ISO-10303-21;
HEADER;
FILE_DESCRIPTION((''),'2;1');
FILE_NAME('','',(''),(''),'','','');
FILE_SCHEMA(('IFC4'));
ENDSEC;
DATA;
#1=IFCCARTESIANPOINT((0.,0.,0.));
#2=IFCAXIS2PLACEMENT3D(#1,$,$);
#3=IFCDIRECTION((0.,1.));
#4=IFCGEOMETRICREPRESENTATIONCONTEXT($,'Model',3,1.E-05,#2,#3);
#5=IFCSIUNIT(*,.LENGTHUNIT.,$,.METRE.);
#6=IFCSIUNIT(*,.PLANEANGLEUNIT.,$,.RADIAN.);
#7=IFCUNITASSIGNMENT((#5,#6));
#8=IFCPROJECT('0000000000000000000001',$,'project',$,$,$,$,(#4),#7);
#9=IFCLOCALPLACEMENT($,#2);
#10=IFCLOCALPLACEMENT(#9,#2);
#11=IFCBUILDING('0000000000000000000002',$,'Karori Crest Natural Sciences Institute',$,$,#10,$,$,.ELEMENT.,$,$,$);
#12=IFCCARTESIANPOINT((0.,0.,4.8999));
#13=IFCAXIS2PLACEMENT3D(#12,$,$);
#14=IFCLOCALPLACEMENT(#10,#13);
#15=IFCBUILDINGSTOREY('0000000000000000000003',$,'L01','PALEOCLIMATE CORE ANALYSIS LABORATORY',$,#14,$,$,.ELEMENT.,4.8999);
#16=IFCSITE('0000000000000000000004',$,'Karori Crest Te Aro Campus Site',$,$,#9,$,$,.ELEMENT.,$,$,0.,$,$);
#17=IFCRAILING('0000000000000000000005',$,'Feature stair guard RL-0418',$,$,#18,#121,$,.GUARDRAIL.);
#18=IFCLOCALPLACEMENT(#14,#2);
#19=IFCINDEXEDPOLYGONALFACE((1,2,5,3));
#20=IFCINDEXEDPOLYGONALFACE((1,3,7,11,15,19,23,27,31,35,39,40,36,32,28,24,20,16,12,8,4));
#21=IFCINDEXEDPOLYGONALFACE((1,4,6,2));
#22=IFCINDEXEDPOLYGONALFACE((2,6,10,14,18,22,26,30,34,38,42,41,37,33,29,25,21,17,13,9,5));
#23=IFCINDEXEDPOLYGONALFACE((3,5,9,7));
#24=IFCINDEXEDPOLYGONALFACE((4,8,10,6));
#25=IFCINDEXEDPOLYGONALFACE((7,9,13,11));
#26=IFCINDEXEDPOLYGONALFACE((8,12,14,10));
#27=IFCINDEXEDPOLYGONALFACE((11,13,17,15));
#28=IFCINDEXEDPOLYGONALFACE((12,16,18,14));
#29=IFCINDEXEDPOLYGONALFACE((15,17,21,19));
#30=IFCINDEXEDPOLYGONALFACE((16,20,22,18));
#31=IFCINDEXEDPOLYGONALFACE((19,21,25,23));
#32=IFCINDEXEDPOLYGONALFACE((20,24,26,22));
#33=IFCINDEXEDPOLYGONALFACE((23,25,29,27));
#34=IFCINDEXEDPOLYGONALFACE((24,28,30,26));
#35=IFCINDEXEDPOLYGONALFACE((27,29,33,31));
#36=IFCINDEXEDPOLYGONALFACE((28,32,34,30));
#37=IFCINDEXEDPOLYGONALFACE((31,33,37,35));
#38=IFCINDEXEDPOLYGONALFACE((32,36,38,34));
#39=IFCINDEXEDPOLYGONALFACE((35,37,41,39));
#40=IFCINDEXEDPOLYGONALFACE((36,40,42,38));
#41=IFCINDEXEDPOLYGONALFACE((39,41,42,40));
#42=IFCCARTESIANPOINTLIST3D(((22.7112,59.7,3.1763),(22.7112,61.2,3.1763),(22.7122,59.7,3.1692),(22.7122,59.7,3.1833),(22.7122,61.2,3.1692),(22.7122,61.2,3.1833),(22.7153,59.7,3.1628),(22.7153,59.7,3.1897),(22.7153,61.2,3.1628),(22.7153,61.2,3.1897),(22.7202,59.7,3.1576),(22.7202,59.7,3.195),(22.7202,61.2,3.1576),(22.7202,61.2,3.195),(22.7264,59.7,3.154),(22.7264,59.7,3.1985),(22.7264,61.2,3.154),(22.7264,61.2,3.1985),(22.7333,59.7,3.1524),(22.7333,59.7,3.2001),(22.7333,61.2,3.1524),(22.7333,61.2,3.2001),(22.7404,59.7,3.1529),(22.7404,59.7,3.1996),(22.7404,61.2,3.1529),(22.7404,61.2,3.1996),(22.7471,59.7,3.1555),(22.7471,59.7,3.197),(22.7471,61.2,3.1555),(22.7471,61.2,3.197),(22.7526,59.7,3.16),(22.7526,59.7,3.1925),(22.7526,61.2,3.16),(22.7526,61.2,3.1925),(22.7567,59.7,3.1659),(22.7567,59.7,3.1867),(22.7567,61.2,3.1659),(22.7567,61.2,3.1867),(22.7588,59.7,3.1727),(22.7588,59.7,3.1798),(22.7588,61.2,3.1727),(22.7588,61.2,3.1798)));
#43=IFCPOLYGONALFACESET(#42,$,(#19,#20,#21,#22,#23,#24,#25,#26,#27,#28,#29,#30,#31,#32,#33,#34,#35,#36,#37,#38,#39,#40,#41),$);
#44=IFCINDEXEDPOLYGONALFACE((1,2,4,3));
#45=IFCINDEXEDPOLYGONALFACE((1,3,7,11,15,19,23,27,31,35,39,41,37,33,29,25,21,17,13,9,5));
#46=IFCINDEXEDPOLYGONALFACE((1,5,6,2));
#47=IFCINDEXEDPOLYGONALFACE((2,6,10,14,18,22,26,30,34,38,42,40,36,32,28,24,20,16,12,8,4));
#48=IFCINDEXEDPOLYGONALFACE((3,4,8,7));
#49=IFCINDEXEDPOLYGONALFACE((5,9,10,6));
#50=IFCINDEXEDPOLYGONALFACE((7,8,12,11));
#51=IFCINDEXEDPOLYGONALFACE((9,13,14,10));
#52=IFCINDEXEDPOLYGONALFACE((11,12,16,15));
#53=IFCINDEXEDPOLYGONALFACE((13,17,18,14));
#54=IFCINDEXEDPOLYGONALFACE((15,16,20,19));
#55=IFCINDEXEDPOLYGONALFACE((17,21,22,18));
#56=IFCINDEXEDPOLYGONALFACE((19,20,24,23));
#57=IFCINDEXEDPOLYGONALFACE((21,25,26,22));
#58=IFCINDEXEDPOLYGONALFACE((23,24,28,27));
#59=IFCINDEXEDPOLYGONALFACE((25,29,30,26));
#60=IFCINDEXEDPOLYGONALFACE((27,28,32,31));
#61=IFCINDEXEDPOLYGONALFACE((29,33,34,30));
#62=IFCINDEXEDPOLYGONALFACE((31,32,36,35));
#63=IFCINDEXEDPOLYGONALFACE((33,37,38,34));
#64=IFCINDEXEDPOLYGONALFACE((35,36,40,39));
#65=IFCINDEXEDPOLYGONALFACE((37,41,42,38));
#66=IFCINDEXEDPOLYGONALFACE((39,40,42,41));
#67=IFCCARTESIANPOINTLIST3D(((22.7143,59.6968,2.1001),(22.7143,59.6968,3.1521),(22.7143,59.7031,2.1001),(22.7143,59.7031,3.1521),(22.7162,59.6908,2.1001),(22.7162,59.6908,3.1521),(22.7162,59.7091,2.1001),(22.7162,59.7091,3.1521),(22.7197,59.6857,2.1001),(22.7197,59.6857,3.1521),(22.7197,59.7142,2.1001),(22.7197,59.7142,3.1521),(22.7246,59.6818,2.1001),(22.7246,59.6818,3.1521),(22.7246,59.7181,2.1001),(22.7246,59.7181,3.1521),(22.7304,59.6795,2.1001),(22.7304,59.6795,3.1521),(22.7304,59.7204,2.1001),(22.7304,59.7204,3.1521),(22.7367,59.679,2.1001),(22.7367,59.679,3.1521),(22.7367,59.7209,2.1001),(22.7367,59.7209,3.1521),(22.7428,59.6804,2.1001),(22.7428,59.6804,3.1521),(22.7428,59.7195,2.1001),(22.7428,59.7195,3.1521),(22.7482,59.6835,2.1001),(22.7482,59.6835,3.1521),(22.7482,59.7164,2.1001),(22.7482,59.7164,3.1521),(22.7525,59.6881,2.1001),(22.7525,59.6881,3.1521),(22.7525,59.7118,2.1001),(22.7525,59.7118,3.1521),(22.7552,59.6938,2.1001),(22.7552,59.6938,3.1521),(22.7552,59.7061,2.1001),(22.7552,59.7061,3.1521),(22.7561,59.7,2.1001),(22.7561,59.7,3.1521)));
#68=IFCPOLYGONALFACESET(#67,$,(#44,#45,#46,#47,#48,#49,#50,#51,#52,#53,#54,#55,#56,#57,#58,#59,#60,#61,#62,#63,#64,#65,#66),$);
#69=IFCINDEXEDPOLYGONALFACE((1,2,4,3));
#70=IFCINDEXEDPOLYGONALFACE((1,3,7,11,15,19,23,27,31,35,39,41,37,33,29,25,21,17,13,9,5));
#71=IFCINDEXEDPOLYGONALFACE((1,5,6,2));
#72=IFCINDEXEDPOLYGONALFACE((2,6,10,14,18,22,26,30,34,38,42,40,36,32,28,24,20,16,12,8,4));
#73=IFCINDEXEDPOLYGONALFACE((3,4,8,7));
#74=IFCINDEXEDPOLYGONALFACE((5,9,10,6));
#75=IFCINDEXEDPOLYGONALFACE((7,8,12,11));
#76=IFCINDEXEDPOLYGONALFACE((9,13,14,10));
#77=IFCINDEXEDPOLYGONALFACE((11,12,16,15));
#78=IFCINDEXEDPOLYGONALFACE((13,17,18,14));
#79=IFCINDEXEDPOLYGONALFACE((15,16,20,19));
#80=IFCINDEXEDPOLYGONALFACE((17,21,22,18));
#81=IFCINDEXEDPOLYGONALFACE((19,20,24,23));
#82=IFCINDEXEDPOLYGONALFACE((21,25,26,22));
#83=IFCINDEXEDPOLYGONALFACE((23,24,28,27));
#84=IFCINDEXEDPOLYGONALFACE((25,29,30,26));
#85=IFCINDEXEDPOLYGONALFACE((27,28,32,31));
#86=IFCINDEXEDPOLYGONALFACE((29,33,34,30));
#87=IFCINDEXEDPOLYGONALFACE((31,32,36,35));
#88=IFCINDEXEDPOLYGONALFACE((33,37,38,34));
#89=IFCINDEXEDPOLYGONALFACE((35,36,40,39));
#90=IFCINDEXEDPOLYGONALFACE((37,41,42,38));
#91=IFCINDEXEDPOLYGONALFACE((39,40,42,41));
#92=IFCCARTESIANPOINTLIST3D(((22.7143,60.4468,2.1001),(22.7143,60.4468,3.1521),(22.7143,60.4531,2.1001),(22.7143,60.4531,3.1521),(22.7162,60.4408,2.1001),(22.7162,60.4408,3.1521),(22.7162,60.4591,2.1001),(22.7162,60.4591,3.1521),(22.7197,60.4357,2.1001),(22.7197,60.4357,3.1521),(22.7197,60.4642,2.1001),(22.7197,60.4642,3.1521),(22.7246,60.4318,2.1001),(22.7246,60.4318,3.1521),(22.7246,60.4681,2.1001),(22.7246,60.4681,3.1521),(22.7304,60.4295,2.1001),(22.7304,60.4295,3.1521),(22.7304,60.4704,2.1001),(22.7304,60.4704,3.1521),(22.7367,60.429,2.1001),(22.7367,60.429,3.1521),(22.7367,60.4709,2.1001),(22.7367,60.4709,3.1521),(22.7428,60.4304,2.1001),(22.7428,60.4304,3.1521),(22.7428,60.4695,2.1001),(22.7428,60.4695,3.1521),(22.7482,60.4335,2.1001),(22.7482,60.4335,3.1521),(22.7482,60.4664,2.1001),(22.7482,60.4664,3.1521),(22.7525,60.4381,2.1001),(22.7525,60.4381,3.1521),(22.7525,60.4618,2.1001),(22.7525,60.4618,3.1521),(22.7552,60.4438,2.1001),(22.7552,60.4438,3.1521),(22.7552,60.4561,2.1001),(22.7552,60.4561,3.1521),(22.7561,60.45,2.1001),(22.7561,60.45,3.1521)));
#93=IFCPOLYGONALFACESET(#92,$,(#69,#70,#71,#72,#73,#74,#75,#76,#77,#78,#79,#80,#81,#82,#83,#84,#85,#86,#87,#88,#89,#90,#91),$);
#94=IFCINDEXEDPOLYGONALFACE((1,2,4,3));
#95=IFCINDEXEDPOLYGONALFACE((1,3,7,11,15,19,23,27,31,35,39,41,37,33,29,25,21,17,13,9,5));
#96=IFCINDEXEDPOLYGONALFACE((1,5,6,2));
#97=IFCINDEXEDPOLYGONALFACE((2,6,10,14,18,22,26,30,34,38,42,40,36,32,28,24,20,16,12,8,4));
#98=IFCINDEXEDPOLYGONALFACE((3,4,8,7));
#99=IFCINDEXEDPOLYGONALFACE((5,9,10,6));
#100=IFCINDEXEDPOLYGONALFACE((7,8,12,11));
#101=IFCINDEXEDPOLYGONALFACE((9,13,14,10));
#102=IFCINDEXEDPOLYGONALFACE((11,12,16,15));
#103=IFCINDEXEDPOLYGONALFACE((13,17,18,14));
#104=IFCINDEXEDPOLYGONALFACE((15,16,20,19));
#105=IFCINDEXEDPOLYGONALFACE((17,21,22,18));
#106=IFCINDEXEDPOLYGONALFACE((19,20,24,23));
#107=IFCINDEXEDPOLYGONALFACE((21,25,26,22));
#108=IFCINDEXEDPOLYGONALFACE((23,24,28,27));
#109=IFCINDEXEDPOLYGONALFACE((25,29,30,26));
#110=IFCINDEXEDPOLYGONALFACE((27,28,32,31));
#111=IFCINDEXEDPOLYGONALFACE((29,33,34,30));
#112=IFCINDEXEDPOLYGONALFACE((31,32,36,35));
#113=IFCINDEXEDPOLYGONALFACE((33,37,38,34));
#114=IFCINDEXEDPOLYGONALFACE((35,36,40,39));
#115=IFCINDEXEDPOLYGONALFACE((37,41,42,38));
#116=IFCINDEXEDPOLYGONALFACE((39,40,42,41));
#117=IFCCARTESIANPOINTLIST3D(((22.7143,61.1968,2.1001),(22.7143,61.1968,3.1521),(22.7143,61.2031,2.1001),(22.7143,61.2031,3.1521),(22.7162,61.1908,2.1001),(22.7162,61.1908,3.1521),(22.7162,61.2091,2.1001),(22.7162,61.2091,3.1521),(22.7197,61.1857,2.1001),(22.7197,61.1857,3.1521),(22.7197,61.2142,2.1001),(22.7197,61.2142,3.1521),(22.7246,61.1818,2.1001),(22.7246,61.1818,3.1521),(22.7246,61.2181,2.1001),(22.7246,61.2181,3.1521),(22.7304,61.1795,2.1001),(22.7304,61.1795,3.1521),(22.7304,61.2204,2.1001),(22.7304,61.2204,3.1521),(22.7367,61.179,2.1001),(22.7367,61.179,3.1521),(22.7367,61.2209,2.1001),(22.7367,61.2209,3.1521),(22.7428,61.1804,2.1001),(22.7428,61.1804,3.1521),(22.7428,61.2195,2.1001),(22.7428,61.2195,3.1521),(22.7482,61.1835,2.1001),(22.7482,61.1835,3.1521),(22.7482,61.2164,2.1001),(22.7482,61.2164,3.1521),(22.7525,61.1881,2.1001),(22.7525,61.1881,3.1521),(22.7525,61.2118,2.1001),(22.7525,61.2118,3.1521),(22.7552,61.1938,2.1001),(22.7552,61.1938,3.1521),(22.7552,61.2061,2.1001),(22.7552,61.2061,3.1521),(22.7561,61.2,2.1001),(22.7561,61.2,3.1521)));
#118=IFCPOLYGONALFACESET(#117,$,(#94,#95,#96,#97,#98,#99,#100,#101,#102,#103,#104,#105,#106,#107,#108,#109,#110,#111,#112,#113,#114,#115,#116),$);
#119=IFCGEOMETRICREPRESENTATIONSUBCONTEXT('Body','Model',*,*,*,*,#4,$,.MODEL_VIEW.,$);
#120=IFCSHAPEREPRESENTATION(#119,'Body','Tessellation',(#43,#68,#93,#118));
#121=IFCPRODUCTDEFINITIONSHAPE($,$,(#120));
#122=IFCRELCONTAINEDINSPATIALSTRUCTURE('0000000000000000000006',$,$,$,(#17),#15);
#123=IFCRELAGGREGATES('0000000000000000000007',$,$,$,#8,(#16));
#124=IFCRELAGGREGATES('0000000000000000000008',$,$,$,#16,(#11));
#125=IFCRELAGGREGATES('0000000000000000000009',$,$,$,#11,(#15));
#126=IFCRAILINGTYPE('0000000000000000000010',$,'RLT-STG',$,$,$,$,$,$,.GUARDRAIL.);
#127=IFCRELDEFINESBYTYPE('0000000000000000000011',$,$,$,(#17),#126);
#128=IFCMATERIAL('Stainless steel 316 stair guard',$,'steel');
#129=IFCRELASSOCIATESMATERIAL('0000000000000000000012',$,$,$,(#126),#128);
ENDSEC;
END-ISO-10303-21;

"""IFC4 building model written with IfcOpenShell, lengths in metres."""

from ifc_helpers import new_model, si_unit, direction, frame, origin, origin_2d, place, context, subcontext, project, spatial, circle, extrude, material, type_object, element, save


model = new_model("IFC4")

# Units and contexts
model_context = context("Model", 3, precision=1e-05, world=origin(), true_north=direction((0.0, 1.0)))
body_context = subcontext(model_context, "Body", "Model", "MODEL_VIEW")
ifc_project = project(units=[si_unit("LENGTHUNIT", "METRE"), si_unit("PLANEANGLEUNIT", "RADIAN")], contexts=[model_context])

# Site, building, storey
site_placement = place(None, origin())
site = spatial("IfcSite", under=ifc_project, at=site_placement, Name="Karori Crest Te Aro Campus Site", CompositionType="ELEMENT", RefElevation=0.0)
building_placement = place(site_placement, origin())
building = spatial("IfcBuilding", under=site, at=building_placement, Name="Karori Crest Natural Sciences Institute", CompositionType="ELEMENT")
storey_placement = place(building_placement, frame((0.0, 0.0, 4.8999)))
storey = spatial("IfcBuildingStorey", under=building, at=storey_placement, Name="L01", Description="PALEOCLIMATE CORE ANALYSIS LABORATORY", CompositionType="ELEMENT", Elevation=4.8999)

# Railing
ifc_material_1 = material(Name="Stainless steel 316 stair guard", Category="steel")
railing_type = type_object("IfcRailingType", Name="RLT-STG", PredefinedType="GUARDRAIL", material=ifc_material_1)
railing_1_placement = place(storey_placement, frame((22.7351, 59.7, 2.1001)))
element("IfcRailing", 1, at=railing_1_placement, inside=storey, type_object=railing_type, Name="Feature stair guard RL-0418", PredefinedType="GUARDRAIL", context=body_context, shape_type="SweptSolid", body=[
    extrude(circle(Radius=0.0239, at=origin_2d()), frame((0.0, 0.0, 1.0762), z_axis=(0.0, 1.0, 0.0), x_axis=(-1.0, 0.0, 0.0)), (0.0, 0.0, 1.0), 1.5),
    extrude(circle(Radius=0.021, at=origin_2d()), origin(), (0.0, 0.0, 1.0), 1.052),
    extrude(circle(Radius=0.021, at=origin_2d()), frame((0.0, 0.75, 0.0)), (0.0, 0.0, 1.0), 1.052),
    extrude(circle(Radius=0.021, at=origin_2d()), frame((0.0, 1.5, 0.0)), (0.0, 0.0, 1.0), 1.052),
])

save(model, "model.ifc")
